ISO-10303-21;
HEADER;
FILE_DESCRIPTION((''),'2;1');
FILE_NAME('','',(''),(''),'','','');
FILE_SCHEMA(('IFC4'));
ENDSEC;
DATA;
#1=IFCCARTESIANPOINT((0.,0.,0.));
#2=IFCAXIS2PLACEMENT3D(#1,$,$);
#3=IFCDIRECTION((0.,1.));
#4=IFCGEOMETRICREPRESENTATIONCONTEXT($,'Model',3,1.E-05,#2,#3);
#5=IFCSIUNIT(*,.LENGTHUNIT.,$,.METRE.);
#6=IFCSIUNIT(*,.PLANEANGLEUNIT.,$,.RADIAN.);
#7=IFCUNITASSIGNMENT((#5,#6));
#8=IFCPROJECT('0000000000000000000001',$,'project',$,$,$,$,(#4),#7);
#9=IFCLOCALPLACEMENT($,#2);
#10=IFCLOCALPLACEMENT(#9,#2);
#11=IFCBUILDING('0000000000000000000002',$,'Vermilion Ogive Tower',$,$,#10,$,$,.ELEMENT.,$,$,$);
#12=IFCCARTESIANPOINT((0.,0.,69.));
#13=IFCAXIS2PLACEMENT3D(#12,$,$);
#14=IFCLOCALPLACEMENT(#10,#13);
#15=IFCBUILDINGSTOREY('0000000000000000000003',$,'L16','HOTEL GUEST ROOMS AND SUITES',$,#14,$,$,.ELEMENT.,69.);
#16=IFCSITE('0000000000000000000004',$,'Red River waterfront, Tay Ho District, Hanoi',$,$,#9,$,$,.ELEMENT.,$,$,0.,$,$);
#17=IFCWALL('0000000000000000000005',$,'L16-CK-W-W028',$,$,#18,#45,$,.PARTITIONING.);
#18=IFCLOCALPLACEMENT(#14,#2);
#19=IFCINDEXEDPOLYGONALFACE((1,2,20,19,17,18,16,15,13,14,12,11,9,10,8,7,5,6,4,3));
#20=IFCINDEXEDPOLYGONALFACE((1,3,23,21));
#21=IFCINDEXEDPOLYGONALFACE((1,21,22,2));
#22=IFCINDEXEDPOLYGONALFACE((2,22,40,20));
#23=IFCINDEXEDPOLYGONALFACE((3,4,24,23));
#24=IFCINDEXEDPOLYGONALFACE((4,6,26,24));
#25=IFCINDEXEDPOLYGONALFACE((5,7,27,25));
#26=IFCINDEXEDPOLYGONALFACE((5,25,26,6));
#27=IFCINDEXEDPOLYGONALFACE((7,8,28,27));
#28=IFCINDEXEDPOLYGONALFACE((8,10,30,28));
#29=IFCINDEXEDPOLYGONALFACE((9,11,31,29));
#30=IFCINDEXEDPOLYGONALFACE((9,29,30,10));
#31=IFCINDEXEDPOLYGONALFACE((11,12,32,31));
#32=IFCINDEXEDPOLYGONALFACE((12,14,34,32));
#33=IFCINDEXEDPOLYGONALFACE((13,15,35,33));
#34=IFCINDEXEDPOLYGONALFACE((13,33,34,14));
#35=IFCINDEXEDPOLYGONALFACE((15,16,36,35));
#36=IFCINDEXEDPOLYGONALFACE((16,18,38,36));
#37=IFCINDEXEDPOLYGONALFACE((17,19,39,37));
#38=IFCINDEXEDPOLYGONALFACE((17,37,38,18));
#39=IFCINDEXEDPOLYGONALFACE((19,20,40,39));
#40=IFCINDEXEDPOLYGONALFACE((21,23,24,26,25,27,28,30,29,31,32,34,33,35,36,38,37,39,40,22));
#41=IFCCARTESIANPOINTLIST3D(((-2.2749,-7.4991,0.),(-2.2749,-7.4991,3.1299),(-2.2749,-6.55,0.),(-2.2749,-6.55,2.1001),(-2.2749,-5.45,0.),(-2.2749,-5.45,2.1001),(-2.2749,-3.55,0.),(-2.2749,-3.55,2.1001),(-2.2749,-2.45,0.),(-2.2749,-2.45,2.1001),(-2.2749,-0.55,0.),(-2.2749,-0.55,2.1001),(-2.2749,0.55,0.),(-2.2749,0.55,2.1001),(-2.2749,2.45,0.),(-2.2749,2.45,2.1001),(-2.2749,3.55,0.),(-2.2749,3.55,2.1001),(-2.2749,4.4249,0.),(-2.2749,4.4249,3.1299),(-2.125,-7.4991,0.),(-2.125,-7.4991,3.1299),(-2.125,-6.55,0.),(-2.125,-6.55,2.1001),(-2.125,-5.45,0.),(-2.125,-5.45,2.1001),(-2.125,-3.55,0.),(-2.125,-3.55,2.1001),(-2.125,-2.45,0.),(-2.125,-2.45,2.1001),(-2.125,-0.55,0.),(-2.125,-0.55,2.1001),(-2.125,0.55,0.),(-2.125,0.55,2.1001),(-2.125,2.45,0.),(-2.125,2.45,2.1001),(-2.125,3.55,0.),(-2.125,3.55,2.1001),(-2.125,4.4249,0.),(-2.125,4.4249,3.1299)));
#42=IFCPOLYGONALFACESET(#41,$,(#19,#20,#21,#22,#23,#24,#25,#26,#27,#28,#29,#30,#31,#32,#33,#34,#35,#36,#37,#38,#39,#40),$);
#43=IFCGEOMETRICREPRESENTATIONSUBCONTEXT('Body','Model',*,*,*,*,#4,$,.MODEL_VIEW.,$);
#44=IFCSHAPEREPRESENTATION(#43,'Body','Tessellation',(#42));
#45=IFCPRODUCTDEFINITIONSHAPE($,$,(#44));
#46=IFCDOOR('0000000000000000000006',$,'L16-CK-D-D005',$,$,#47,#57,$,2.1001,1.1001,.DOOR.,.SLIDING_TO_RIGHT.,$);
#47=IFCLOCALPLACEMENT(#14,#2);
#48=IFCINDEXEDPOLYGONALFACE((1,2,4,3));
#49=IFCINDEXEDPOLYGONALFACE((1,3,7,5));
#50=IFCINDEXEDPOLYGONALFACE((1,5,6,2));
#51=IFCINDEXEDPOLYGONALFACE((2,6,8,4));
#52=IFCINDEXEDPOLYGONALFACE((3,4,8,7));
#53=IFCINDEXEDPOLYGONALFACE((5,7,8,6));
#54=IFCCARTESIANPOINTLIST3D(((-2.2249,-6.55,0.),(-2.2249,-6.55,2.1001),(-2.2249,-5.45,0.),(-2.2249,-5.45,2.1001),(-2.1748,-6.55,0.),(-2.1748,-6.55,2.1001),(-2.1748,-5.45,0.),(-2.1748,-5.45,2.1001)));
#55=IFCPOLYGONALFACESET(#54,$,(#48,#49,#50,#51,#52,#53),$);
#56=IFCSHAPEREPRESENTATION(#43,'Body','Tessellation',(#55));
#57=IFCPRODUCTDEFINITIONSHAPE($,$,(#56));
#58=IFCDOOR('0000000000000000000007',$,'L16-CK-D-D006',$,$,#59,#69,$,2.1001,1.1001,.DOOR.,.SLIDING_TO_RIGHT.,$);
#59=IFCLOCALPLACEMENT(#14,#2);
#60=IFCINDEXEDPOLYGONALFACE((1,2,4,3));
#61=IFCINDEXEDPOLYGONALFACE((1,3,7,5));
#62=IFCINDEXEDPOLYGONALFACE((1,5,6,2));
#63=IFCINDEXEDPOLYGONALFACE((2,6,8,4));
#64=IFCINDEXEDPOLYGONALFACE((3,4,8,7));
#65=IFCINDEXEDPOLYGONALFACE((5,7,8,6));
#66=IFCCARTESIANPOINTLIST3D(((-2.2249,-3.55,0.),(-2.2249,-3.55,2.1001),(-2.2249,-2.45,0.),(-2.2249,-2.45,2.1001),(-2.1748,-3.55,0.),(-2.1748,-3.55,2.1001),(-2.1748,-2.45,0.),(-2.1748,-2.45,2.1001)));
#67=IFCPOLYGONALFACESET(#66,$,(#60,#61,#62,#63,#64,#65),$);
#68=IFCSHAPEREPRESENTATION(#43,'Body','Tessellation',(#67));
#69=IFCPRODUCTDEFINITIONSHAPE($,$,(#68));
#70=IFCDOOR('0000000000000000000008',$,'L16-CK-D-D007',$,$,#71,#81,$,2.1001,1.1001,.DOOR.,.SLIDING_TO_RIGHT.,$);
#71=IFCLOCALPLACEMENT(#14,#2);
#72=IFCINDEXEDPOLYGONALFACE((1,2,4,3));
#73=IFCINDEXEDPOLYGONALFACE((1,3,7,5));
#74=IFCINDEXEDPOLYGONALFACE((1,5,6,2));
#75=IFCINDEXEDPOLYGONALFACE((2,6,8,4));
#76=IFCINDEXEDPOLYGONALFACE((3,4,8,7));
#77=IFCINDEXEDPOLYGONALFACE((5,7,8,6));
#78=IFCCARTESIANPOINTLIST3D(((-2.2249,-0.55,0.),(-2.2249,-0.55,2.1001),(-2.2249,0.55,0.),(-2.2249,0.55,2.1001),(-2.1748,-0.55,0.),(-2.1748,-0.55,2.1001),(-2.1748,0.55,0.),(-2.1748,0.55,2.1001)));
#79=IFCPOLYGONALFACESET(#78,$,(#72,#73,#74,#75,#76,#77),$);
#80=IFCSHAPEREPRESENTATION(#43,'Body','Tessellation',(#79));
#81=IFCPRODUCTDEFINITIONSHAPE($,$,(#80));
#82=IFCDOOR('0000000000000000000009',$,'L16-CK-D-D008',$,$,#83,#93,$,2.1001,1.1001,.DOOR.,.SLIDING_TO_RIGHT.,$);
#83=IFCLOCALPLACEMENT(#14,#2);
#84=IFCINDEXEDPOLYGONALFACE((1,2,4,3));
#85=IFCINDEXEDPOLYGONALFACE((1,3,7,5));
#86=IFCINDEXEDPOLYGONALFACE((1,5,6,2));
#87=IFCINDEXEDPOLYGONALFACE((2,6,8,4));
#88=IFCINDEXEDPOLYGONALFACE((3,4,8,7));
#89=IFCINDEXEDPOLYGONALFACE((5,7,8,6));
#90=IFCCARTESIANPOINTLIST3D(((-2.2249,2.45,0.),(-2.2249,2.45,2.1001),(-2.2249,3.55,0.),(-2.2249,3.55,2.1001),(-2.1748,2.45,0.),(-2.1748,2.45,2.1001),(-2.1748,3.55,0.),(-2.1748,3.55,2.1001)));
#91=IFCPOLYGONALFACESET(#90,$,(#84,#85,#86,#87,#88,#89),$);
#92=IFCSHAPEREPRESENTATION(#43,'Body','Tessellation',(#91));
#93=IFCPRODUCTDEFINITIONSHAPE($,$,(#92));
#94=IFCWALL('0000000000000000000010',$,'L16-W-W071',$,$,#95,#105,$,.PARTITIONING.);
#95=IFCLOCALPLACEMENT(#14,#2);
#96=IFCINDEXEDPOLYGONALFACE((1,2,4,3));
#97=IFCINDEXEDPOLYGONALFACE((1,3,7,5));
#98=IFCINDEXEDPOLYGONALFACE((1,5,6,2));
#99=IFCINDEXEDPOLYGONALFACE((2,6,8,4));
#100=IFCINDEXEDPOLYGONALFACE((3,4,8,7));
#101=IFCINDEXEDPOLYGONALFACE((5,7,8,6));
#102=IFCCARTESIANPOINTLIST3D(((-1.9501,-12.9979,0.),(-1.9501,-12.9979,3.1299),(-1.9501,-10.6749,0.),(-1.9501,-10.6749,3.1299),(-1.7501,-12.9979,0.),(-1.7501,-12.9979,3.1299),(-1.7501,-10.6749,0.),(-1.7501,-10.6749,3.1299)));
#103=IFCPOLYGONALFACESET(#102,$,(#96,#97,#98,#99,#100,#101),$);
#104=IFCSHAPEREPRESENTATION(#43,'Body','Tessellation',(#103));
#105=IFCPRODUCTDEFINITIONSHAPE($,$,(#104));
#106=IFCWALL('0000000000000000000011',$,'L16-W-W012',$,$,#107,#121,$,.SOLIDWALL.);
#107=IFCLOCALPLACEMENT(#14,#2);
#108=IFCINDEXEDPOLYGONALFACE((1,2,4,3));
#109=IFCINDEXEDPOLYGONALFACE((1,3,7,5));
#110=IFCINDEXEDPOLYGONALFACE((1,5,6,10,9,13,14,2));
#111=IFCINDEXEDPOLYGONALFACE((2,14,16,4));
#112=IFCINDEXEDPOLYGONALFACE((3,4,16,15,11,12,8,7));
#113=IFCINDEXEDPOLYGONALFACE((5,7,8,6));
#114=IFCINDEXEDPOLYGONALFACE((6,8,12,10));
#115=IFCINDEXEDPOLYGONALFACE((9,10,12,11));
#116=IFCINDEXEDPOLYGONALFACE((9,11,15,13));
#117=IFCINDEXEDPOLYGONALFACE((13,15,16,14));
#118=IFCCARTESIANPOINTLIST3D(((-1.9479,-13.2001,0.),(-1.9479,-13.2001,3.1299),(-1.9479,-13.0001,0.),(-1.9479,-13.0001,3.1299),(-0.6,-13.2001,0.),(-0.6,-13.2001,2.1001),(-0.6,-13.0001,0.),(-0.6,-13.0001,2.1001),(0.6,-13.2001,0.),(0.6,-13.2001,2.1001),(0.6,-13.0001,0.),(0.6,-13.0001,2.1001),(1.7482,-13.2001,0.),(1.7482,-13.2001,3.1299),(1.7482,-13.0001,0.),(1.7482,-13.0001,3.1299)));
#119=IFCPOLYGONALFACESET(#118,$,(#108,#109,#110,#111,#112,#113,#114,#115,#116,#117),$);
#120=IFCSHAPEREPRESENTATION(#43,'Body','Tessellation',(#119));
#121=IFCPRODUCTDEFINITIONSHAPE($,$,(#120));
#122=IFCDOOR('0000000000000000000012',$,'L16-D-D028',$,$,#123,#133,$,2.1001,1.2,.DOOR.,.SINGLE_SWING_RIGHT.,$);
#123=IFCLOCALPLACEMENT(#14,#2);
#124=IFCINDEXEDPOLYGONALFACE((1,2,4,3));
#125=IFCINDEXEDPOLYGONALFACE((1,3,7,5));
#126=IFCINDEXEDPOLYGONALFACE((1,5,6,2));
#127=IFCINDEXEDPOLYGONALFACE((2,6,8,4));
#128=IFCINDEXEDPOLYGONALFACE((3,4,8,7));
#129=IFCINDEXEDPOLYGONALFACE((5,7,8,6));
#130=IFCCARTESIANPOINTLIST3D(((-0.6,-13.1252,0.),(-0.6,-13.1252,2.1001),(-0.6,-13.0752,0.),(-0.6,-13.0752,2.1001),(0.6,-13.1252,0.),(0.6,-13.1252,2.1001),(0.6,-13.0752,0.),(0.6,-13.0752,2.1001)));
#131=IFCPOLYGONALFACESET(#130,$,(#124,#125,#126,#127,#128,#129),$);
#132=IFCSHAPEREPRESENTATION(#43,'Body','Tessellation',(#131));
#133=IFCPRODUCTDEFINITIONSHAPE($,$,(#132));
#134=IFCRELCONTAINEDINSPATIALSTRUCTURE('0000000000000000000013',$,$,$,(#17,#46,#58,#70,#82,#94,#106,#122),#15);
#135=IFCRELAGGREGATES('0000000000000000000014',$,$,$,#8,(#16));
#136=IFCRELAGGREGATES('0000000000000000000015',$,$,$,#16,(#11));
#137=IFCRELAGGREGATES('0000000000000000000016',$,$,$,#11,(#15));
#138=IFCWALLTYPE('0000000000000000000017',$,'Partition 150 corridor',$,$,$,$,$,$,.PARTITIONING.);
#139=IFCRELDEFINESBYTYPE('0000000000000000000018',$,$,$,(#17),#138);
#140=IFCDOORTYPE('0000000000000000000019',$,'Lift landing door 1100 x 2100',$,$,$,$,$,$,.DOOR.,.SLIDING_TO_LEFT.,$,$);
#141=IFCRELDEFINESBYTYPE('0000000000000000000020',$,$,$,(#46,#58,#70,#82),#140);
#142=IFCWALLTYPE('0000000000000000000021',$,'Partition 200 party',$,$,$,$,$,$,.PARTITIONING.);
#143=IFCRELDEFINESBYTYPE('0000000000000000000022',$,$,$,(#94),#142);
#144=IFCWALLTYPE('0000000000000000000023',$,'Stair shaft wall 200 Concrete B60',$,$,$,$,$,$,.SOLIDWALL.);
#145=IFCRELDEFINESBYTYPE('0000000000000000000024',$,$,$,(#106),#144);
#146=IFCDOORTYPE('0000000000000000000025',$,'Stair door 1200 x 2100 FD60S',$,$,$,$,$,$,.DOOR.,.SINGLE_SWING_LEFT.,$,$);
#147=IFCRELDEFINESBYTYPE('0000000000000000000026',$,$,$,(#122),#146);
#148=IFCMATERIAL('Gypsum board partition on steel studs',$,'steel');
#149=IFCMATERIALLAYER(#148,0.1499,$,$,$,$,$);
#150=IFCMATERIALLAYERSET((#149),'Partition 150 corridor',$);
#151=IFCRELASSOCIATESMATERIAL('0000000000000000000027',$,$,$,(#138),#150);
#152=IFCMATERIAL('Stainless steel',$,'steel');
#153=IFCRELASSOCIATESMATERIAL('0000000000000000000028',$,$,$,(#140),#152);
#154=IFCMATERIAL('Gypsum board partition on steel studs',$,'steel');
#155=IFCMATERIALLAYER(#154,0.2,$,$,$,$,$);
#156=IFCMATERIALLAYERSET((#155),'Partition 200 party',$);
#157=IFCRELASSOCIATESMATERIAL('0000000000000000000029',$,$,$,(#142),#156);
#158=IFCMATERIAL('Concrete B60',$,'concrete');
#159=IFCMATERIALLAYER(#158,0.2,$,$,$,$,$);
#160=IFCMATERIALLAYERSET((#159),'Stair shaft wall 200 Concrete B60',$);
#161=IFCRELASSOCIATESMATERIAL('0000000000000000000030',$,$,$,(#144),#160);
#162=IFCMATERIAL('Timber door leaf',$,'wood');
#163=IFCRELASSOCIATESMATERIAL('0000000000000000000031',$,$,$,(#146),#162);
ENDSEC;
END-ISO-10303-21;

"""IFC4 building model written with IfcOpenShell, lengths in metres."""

from ifc_helpers import new_model, si_unit, direction, frame, frame_2d, origin, place, context, subcontext, project, spatial, rectangle, extrude, material, layer, layer_set, type_object, element, fill, save


model = new_model("IFC4")

# Units and contexts
model_context = context("Model", 3, precision=1e-05, world=origin(), true_north=direction((0.0, 1.0)))
body_context = subcontext(model_context, "Body", "Model", "MODEL_VIEW")
ifc_project = project(units=[si_unit("LENGTHUNIT", "METRE"), si_unit("PLANEANGLEUNIT", "RADIAN")], contexts=[model_context])

# Site, building, storey
site_placement = place(None, origin())
site = spatial("IfcSite", under=ifc_project, at=site_placement, Name="Red River waterfront, Tay Ho District, Hanoi", CompositionType="ELEMENT", RefElevation=0.0)
building_placement = place(site_placement, origin())
building = spatial("IfcBuilding", under=site, at=building_placement, Name="Vermilion Ogive Tower", CompositionType="ELEMENT")
storey_placement = place(building_placement, frame((0.0, 0.0, 69.0)))
storey = spatial("IfcBuildingStorey", under=building, at=storey_placement, Name="L16", Description="HOTEL GUEST ROOMS AND SUITES", CompositionType="ELEMENT", Elevation=69.0)

# Wall, openings, doors
ifc_material_1 = material(Name="Gypsum board partition on steel studs", Category="steel")
ifc_layer_1 = layer(ifc_material_1, 0.1499)
ifc_layer_set_1 = layer_set([ifc_layer_1], Name="Partition 150 corridor")
wall_type_1 = type_object("IfcWallType", Name="Partition 150 corridor", PredefinedType="PARTITIONING", material=ifc_layer_set_1)
ifc_material_2 = material(Name="Stainless steel", Category="steel")
door_type_1 = type_object("IfcDoorType", Name="Lift landing door 1100 x 2100", OperationType="SLIDING_TO_LEFT", PredefinedType="DOOR", material=ifc_material_2)
wall_1_placement = place(storey_placement, frame((-2.2, -7.499, 0.0), z_axis=(0.0, 0.0, 1.0), x_axis=(0.0, 1.0, 0.0)))
wall_1 = element("IfcWall", 1, at=wall_1_placement, inside=storey, type_object=wall_type_1, Name="L16-CK-W-W028", PredefinedType="PARTITIONING", context=body_context, shape_type="SweptSolid", body=[
    extrude(rectangle(XDim=11.9241, YDim=0.1499, at=frame_2d((5.9619, 0.0))), origin(), (0.0, 0.0, 1.0), 3.1299),
])
opening_1_placement = place(wall_1_placement, frame((0.949, 0.0, 0.0)))
opening_1 = element("IfcOpeningElement", 2, at=opening_1_placement, cuts=wall_1, PredefinedType="OPENING", context=body_context, shape_type="SweptSolid", body=[
    extrude(rectangle(XDim=1.1001, YDim=2.1001, at=frame_2d((0.55, 1.05))), frame((0.0, 0.085, 0.0), z_axis=(0.0, -1.0, 0.0), x_axis=(1.0, 0.0, 0.0)), (0.0, 0.0, 1.0), 0.1699),
])
opening_2_placement = place(wall_1_placement, frame((3.949, 0.0, 0.0)))
opening_2 = element("IfcOpeningElement", 3, at=opening_2_placement, cuts=wall_1, PredefinedType="OPENING", context=body_context, shape_type="SweptSolid", body=[
    extrude(rectangle(XDim=1.1001, YDim=2.1001, at=frame_2d((0.55, 1.05))), frame((0.0, 0.085, 0.0), z_axis=(0.0, -1.0, 0.0), x_axis=(1.0, 0.0, 0.0)), (0.0, 0.0, 1.0), 0.1699),
])
opening_3_placement = place(wall_1_placement, frame((6.949, 0.0, 0.0)))
opening_3 = element("IfcOpeningElement", 4, at=opening_3_placement, cuts=wall_1, PredefinedType="OPENING", context=body_context, shape_type="SweptSolid", body=[
    extrude(rectangle(XDim=1.1001, YDim=2.1001, at=frame_2d((0.55, 1.05))), frame((0.0, 0.085, 0.0), z_axis=(0.0, -1.0, 0.0), x_axis=(1.0, 0.0, 0.0)), (0.0, 0.0, 1.0), 0.1699),
])
opening_4_placement = place(wall_1_placement, frame((9.949, 0.0, 0.0)))
opening_4 = element("IfcOpeningElement", 5, at=opening_4_placement, cuts=wall_1, PredefinedType="OPENING", context=body_context, shape_type="SweptSolid", body=[
    extrude(rectangle(XDim=1.1001, YDim=2.1001, at=frame_2d((0.55, 1.05))), frame((0.0, 0.085, 0.0), z_axis=(0.0, -1.0, 0.0), x_axis=(1.0, 0.0, 0.0)), (0.0, 0.0, 1.0), 0.1699),
])
door_1_placement = place(opening_1_placement, origin())
door_1 = element("IfcDoor", 6, at=door_1_placement, inside=storey, type_object=door_type_1, Name="L16-CK-D-D005", OperationType="SLIDING_TO_RIGHT", OverallHeight=2.1001, OverallWidth=1.1001, PredefinedType="DOOR", context=body_context, shape_type="SweptSolid", body=[
    extrude(rectangle(XDim=1.1001, YDim=2.1001, at=frame_2d((0.55, 1.05))), frame((0.0, 0.0249, 0.0), z_axis=(0.0, -1.0, 0.0), x_axis=(1.0, 0.0, 0.0)), (0.0, 0.0, 1.0), 0.05),
])
fill(opening_1, door_1)
door_2_placement = place(opening_2_placement, origin())
door_2 = element("IfcDoor", 7, at=door_2_placement, inside=storey, type_object=door_type_1, Name="L16-CK-D-D006", OperationType="SLIDING_TO_RIGHT", OverallHeight=2.1001, OverallWidth=1.1001, PredefinedType="DOOR", context=body_context, shape_type="SweptSolid", body=[
    extrude(rectangle(XDim=1.1001, YDim=2.1001, at=frame_2d((0.55, 1.05))), frame((0.0, 0.0249, 0.0), z_axis=(0.0, -1.0, 0.0), x_axis=(1.0, 0.0, 0.0)), (0.0, 0.0, 1.0), 0.05),
])
fill(opening_2, door_2)
door_3_placement = place(opening_3_placement, origin())
door_3 = element("IfcDoor", 8, at=door_3_placement, inside=storey, type_object=door_type_1, Name="L16-CK-D-D007", OperationType="SLIDING_TO_RIGHT", OverallHeight=2.1001, OverallWidth=1.1001, PredefinedType="DOOR", context=body_context, shape_type="SweptSolid", body=[
    extrude(rectangle(XDim=1.1001, YDim=2.1001, at=frame_2d((0.55, 1.05))), frame((0.0, 0.0249, 0.0), z_axis=(0.0, -1.0, 0.0), x_axis=(1.0, 0.0, 0.0)), (0.0, 0.0, 1.0), 0.05),
])
fill(opening_3, door_3)
door_4_placement = place(opening_4_placement, origin())
door_4 = element("IfcDoor", 9, at=door_4_placement, inside=storey, type_object=door_type_1, Name="L16-CK-D-D008", OperationType="SLIDING_TO_RIGHT", OverallHeight=2.1001, OverallWidth=1.1001, PredefinedType="DOOR", context=body_context, shape_type="SweptSolid", body=[
    extrude(rectangle(XDim=1.1001, YDim=2.1001, at=frame_2d((0.55, 1.05))), frame((0.0, 0.0249, 0.0), z_axis=(0.0, -1.0, 0.0), x_axis=(1.0, 0.0, 0.0)), (0.0, 0.0, 1.0), 0.05),
])
fill(opening_4, door_4)

# Wall
ifc_material_3 = material(Name="Gypsum board partition on steel studs", Category="steel")
ifc_layer_2 = layer(ifc_material_3, 0.2)
ifc_layer_set_2 = layer_set([ifc_layer_2], Name="Partition 200 party")
wall_type_2 = type_object("IfcWallType", Name="Partition 200 party", PredefinedType="PARTITIONING", material=ifc_layer_set_2)
wall_2_placement = place(storey_placement, frame((-1.8501, -12.998, 0.0), z_axis=(0.0, 0.0, 1.0), x_axis=(0.0, 1.0, 0.0)))
element("IfcWall", 10, at=wall_2_placement, inside=storey, type_object=wall_type_2, Name="L16-W-W071", PredefinedType="PARTITIONING", context=body_context, shape_type="SweptSolid", body=[
    extrude(rectangle(XDim=2.323, YDim=0.2, at=frame_2d((1.1616, 0.0))), origin(), (0.0, 0.0, 1.0), 3.1299),
])

# Wall, opening, door
ifc_material_4 = material(Name="Concrete B60", Category="concrete")
ifc_layer_3 = layer(ifc_material_4, 0.2)
ifc_layer_set_3 = layer_set([ifc_layer_3], Name="Stair shaft wall 200 Concrete B60")
wall_type_3 = type_object("IfcWallType", Name="Stair shaft wall 200 Concrete B60", PredefinedType="SOLIDWALL", material=ifc_layer_set_3)
wall_3_placement = place(storey_placement, frame((-1.948, -13.1001, 0.0), z_axis=(0.0, 0.0, 1.0), x_axis=(1.0, 0.0, 0.0)))
wall_3 = element("IfcWall", 11, at=wall_3_placement, inside=storey, type_object=wall_type_3, Name="L16-W-W012", PredefinedType="SOLIDWALL", context=body_context, shape_type="SweptSolid", body=[
    extrude(rectangle(XDim=3.696, YDim=0.2, at=frame_2d((1.8481, 0.0))), origin(), (0.0, 0.0, 1.0), 3.1299),
])
opening_5_placement = place(wall_3_placement, frame((1.3479, 0.0, 0.0)))
opening_5 = element("IfcOpeningElement", 12, at=opening_5_placement, cuts=wall_3, PredefinedType="OPENING", context=body_context, shape_type="SweptSolid", body=[
    extrude(rectangle(XDim=1.2, YDim=2.1001, at=frame_2d((0.6001, 1.05))), frame((0.0, 0.1099, 0.0), z_axis=(0.0, -1.0, 0.0), x_axis=(1.0, 0.0, 0.0)), (0.0, 0.0, 1.0), 0.22),
])
ifc_material_5 = material(Name="Timber door leaf", Category="wood")
door_type_2 = type_object("IfcDoorType", Name="Stair door 1200 x 2100 FD60S", OperationType="SINGLE_SWING_LEFT", PredefinedType="DOOR", material=ifc_material_5)
door_5_placement = place(opening_5_placement, origin())
door_5 = element("IfcDoor", 13, at=door_5_placement, inside=storey, type_object=door_type_2, Name="L16-D-D028", OperationType="SINGLE_SWING_RIGHT", OverallHeight=2.1001, OverallWidth=1.2, PredefinedType="DOOR", context=body_context, shape_type="SweptSolid", body=[
    extrude(rectangle(XDim=1.2, YDim=2.1001, at=frame_2d((0.6001, 1.05))), frame((0.0, 0.0249, 0.0), z_axis=(0.0, -1.0, 0.0), x_axis=(1.0, 0.0, 0.0)), (0.0, 0.0, 1.0), 0.05),
])
fill(opening_5, door_5)

save(model, "model.ifc")
